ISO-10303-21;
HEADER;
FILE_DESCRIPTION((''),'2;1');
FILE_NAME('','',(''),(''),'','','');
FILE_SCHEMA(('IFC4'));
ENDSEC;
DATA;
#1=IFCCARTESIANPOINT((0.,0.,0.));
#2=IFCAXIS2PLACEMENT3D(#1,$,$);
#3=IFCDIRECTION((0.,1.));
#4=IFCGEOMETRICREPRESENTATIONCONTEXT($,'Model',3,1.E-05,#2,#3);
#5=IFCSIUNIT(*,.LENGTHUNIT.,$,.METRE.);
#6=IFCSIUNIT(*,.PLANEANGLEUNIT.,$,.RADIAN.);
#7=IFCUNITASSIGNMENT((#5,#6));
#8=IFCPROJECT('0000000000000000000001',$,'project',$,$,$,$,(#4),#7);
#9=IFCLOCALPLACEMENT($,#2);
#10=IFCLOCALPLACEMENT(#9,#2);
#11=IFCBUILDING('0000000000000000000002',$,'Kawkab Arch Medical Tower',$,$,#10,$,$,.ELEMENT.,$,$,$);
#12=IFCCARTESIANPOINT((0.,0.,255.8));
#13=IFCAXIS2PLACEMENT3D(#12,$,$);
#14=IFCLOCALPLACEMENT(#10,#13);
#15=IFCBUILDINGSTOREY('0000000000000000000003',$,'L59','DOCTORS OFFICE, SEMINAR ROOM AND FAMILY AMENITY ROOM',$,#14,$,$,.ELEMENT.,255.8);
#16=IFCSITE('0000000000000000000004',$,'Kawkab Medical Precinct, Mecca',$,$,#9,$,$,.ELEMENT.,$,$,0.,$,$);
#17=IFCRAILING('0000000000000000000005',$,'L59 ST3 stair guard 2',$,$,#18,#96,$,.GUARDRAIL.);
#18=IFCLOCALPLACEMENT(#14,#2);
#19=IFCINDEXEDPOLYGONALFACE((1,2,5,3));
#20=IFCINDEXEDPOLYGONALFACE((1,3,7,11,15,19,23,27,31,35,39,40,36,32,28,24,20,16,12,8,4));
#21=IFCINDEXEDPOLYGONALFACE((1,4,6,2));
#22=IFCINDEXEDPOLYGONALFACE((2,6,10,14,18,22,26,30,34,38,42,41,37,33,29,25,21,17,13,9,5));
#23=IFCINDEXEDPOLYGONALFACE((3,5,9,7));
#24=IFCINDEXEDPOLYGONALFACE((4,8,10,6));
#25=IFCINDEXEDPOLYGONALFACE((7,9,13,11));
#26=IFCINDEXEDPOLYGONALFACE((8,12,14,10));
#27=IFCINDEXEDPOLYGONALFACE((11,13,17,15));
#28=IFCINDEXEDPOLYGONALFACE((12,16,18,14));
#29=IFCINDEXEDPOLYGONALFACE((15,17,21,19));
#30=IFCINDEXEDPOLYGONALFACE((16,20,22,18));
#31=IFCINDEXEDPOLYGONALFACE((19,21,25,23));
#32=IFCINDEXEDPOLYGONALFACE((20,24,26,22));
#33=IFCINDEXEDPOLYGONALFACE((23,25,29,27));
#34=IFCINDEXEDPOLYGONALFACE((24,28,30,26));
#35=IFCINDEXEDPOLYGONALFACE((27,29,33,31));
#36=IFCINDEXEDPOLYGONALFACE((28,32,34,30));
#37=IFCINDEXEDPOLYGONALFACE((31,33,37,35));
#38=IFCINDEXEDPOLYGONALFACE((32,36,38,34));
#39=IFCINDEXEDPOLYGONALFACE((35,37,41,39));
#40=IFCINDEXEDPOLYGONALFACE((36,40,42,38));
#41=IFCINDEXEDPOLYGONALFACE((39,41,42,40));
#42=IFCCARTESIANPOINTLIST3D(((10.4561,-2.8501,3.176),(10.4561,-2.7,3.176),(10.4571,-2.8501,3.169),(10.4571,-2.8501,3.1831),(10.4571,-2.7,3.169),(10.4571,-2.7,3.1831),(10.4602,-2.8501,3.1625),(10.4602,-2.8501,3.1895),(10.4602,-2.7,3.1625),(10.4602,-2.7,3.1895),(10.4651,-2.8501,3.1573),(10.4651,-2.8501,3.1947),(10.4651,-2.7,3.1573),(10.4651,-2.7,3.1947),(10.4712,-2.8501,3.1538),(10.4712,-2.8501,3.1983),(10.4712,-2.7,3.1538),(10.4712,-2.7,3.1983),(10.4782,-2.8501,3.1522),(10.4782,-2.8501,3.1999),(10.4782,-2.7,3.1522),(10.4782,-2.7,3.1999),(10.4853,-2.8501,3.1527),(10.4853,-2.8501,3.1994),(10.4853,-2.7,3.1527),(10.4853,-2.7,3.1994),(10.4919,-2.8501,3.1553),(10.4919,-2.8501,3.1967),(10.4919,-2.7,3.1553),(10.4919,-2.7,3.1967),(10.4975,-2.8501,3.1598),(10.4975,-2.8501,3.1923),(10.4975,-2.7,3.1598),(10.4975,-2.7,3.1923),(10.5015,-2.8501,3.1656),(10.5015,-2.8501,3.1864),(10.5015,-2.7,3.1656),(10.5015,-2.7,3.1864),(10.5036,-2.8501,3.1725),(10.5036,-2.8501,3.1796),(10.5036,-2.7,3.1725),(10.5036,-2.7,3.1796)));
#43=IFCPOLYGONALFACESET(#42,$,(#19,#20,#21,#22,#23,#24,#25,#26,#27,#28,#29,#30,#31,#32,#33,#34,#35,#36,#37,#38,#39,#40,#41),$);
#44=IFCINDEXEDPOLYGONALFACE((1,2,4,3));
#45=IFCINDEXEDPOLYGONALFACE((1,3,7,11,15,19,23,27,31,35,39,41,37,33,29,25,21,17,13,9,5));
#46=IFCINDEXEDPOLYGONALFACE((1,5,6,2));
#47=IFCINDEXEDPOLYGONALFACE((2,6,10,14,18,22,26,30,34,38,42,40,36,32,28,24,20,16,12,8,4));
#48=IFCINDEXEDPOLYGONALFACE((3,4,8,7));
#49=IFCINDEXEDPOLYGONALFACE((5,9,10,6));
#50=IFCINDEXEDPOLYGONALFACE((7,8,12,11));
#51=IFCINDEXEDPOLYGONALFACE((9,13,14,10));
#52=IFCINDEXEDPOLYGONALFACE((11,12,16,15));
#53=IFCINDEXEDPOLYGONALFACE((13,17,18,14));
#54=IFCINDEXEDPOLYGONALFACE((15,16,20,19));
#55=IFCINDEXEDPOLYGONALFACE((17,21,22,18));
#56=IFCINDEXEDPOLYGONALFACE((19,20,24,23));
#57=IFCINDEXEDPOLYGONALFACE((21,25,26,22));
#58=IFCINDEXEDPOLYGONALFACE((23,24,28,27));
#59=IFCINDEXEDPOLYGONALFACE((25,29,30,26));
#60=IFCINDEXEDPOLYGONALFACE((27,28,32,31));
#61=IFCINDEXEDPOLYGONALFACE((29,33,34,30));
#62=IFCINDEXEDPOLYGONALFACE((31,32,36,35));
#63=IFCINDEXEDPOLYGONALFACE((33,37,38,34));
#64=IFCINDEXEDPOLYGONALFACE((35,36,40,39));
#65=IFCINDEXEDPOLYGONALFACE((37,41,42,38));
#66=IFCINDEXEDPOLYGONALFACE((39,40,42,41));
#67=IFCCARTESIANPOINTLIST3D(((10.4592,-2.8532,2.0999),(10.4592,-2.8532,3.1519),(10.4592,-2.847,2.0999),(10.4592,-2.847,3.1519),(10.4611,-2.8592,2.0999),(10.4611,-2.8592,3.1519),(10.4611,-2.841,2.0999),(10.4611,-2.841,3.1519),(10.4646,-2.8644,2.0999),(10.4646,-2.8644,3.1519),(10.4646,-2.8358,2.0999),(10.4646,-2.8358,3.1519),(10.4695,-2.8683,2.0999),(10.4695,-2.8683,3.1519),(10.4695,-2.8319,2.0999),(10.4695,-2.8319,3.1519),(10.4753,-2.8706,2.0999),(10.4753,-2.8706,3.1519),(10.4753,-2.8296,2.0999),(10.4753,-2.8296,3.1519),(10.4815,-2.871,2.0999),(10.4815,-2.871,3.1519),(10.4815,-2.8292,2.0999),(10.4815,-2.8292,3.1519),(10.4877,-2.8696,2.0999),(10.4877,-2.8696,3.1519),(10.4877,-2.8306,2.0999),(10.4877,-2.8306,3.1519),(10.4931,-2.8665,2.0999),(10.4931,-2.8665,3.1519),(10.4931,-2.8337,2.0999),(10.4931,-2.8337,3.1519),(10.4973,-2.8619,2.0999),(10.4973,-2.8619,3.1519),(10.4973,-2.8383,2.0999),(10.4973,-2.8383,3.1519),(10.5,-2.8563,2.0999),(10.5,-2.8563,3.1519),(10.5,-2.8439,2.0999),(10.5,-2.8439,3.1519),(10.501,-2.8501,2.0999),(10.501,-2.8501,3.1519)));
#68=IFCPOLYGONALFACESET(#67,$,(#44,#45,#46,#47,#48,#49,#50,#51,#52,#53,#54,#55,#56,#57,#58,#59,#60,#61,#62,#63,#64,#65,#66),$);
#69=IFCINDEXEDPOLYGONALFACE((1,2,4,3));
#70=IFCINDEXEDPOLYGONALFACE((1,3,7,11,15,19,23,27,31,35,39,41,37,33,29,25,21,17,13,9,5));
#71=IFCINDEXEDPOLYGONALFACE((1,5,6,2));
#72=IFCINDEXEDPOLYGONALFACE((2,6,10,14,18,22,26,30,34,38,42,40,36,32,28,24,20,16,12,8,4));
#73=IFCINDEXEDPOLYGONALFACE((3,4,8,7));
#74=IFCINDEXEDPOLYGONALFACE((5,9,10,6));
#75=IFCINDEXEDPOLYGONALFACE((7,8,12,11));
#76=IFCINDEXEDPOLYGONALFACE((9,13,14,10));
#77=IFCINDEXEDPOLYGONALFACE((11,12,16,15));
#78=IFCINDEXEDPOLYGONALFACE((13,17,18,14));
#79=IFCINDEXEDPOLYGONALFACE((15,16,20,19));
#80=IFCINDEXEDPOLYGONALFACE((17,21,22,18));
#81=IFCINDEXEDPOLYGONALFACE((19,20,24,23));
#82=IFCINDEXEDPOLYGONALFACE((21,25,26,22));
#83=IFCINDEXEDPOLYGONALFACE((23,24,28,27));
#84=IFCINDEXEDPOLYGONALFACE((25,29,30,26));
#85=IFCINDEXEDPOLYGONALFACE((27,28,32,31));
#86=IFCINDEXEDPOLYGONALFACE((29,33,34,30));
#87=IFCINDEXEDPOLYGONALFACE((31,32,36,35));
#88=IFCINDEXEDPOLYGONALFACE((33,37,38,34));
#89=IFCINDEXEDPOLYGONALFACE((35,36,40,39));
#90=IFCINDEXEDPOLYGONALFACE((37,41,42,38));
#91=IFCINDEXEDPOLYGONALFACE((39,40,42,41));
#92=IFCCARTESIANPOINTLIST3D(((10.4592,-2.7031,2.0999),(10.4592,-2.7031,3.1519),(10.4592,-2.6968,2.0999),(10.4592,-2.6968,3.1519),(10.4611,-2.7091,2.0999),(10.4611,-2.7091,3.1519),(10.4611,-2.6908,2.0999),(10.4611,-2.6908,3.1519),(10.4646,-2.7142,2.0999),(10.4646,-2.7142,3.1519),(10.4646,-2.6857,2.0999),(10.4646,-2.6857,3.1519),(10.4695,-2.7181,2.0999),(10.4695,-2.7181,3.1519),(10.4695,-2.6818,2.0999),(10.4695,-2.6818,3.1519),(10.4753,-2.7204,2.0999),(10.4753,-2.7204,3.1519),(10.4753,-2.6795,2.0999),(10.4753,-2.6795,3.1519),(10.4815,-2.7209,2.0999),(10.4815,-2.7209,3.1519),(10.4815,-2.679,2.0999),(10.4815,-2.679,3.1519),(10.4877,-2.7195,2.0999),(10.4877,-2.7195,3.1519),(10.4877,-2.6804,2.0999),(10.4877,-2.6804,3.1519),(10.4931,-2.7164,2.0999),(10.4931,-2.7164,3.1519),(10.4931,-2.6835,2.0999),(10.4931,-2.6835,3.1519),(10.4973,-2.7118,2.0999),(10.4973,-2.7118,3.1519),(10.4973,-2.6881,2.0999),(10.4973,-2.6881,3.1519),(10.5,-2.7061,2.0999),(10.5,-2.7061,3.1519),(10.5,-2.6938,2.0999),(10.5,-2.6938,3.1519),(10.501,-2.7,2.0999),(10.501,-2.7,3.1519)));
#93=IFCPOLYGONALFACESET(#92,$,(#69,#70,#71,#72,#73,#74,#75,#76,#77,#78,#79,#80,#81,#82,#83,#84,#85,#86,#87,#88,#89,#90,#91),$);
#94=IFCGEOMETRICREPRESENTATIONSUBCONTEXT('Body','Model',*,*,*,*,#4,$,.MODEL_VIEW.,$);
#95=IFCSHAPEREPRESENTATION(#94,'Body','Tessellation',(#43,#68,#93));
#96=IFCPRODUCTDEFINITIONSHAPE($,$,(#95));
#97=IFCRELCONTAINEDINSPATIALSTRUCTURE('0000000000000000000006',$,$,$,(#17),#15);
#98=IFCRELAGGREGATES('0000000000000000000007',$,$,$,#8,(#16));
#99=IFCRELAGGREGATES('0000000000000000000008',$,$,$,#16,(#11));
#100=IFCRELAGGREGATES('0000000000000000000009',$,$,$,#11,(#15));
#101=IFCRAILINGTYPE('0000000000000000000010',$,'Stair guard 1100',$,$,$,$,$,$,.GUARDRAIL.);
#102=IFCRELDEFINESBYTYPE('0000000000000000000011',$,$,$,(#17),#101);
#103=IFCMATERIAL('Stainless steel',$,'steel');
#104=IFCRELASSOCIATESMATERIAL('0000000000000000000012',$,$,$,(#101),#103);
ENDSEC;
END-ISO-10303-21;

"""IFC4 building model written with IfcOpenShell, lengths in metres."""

from ifc_helpers import new_model, si_unit, direction, frame, origin, origin_2d, place, context, subcontext, project, spatial, circle, extrude, material, type_object, element, save


model = new_model("IFC4")

# Units and contexts
model_context = context("Model", 3, precision=1e-05, world=origin(), true_north=direction((0.0, 1.0)))
body_context = subcontext(model_context, "Body", "Model", "MODEL_VIEW")
ifc_project = project(units=[si_unit("LENGTHUNIT", "METRE"), si_unit("PLANEANGLEUNIT", "RADIAN")], contexts=[model_context])

# Site, building, storey
site_placement = place(None, origin())
site = spatial("IfcSite", under=ifc_project, at=site_placement, Name="Kawkab Medical Precinct, Mecca", CompositionType="ELEMENT", RefElevation=0.0)
building_placement = place(site_placement, origin())
building = spatial("IfcBuilding", under=site, at=building_placement, Name="Kawkab Arch Medical Tower", CompositionType="ELEMENT")
storey_placement = place(building_placement, frame((0.0, 0.0, 255.8)))
storey = spatial("IfcBuildingStorey", under=building, at=storey_placement, Name="L59", Description="DOCTORS OFFICE, SEMINAR ROOM AND FAMILY AMENITY ROOM", CompositionType="ELEMENT", Elevation=255.8)

# Railing
ifc_material_1 = material(Name="Stainless steel", Category="steel")
railing_type_1 = type_object("IfcRailingType", Name="Stair guard 1100", PredefinedType="GUARDRAIL", material=ifc_material_1)
railing_1_placement = place(storey_placement, frame((10.48, -2.8501, 2.0999)))
element("IfcRailing", 1, at=railing_1_placement, inside=storey, type_object=railing_type_1, Name="L59 ST3 stair guard 2", PredefinedType="GUARDRAIL", context=body_context, shape_type="SweptSolid", body=[
    extrude(circle(Radius=0.0239, at=origin_2d()), frame((0.0, 0.0, 1.0762), z_axis=(0.0, 1.0, 0.0), x_axis=(-1.0, 0.0, 0.0)), (0.0, 0.0, 1.0), 0.1501),
    extrude(circle(Radius=0.021, at=origin_2d()), origin(), (0.0, 0.0, 1.0), 1.052),
    extrude(circle(Radius=0.021, at=origin_2d()), frame((0.0, 0.1501, 0.0)), (0.0, 0.0, 1.0), 1.052),
])

save(model, "model.ifc")
